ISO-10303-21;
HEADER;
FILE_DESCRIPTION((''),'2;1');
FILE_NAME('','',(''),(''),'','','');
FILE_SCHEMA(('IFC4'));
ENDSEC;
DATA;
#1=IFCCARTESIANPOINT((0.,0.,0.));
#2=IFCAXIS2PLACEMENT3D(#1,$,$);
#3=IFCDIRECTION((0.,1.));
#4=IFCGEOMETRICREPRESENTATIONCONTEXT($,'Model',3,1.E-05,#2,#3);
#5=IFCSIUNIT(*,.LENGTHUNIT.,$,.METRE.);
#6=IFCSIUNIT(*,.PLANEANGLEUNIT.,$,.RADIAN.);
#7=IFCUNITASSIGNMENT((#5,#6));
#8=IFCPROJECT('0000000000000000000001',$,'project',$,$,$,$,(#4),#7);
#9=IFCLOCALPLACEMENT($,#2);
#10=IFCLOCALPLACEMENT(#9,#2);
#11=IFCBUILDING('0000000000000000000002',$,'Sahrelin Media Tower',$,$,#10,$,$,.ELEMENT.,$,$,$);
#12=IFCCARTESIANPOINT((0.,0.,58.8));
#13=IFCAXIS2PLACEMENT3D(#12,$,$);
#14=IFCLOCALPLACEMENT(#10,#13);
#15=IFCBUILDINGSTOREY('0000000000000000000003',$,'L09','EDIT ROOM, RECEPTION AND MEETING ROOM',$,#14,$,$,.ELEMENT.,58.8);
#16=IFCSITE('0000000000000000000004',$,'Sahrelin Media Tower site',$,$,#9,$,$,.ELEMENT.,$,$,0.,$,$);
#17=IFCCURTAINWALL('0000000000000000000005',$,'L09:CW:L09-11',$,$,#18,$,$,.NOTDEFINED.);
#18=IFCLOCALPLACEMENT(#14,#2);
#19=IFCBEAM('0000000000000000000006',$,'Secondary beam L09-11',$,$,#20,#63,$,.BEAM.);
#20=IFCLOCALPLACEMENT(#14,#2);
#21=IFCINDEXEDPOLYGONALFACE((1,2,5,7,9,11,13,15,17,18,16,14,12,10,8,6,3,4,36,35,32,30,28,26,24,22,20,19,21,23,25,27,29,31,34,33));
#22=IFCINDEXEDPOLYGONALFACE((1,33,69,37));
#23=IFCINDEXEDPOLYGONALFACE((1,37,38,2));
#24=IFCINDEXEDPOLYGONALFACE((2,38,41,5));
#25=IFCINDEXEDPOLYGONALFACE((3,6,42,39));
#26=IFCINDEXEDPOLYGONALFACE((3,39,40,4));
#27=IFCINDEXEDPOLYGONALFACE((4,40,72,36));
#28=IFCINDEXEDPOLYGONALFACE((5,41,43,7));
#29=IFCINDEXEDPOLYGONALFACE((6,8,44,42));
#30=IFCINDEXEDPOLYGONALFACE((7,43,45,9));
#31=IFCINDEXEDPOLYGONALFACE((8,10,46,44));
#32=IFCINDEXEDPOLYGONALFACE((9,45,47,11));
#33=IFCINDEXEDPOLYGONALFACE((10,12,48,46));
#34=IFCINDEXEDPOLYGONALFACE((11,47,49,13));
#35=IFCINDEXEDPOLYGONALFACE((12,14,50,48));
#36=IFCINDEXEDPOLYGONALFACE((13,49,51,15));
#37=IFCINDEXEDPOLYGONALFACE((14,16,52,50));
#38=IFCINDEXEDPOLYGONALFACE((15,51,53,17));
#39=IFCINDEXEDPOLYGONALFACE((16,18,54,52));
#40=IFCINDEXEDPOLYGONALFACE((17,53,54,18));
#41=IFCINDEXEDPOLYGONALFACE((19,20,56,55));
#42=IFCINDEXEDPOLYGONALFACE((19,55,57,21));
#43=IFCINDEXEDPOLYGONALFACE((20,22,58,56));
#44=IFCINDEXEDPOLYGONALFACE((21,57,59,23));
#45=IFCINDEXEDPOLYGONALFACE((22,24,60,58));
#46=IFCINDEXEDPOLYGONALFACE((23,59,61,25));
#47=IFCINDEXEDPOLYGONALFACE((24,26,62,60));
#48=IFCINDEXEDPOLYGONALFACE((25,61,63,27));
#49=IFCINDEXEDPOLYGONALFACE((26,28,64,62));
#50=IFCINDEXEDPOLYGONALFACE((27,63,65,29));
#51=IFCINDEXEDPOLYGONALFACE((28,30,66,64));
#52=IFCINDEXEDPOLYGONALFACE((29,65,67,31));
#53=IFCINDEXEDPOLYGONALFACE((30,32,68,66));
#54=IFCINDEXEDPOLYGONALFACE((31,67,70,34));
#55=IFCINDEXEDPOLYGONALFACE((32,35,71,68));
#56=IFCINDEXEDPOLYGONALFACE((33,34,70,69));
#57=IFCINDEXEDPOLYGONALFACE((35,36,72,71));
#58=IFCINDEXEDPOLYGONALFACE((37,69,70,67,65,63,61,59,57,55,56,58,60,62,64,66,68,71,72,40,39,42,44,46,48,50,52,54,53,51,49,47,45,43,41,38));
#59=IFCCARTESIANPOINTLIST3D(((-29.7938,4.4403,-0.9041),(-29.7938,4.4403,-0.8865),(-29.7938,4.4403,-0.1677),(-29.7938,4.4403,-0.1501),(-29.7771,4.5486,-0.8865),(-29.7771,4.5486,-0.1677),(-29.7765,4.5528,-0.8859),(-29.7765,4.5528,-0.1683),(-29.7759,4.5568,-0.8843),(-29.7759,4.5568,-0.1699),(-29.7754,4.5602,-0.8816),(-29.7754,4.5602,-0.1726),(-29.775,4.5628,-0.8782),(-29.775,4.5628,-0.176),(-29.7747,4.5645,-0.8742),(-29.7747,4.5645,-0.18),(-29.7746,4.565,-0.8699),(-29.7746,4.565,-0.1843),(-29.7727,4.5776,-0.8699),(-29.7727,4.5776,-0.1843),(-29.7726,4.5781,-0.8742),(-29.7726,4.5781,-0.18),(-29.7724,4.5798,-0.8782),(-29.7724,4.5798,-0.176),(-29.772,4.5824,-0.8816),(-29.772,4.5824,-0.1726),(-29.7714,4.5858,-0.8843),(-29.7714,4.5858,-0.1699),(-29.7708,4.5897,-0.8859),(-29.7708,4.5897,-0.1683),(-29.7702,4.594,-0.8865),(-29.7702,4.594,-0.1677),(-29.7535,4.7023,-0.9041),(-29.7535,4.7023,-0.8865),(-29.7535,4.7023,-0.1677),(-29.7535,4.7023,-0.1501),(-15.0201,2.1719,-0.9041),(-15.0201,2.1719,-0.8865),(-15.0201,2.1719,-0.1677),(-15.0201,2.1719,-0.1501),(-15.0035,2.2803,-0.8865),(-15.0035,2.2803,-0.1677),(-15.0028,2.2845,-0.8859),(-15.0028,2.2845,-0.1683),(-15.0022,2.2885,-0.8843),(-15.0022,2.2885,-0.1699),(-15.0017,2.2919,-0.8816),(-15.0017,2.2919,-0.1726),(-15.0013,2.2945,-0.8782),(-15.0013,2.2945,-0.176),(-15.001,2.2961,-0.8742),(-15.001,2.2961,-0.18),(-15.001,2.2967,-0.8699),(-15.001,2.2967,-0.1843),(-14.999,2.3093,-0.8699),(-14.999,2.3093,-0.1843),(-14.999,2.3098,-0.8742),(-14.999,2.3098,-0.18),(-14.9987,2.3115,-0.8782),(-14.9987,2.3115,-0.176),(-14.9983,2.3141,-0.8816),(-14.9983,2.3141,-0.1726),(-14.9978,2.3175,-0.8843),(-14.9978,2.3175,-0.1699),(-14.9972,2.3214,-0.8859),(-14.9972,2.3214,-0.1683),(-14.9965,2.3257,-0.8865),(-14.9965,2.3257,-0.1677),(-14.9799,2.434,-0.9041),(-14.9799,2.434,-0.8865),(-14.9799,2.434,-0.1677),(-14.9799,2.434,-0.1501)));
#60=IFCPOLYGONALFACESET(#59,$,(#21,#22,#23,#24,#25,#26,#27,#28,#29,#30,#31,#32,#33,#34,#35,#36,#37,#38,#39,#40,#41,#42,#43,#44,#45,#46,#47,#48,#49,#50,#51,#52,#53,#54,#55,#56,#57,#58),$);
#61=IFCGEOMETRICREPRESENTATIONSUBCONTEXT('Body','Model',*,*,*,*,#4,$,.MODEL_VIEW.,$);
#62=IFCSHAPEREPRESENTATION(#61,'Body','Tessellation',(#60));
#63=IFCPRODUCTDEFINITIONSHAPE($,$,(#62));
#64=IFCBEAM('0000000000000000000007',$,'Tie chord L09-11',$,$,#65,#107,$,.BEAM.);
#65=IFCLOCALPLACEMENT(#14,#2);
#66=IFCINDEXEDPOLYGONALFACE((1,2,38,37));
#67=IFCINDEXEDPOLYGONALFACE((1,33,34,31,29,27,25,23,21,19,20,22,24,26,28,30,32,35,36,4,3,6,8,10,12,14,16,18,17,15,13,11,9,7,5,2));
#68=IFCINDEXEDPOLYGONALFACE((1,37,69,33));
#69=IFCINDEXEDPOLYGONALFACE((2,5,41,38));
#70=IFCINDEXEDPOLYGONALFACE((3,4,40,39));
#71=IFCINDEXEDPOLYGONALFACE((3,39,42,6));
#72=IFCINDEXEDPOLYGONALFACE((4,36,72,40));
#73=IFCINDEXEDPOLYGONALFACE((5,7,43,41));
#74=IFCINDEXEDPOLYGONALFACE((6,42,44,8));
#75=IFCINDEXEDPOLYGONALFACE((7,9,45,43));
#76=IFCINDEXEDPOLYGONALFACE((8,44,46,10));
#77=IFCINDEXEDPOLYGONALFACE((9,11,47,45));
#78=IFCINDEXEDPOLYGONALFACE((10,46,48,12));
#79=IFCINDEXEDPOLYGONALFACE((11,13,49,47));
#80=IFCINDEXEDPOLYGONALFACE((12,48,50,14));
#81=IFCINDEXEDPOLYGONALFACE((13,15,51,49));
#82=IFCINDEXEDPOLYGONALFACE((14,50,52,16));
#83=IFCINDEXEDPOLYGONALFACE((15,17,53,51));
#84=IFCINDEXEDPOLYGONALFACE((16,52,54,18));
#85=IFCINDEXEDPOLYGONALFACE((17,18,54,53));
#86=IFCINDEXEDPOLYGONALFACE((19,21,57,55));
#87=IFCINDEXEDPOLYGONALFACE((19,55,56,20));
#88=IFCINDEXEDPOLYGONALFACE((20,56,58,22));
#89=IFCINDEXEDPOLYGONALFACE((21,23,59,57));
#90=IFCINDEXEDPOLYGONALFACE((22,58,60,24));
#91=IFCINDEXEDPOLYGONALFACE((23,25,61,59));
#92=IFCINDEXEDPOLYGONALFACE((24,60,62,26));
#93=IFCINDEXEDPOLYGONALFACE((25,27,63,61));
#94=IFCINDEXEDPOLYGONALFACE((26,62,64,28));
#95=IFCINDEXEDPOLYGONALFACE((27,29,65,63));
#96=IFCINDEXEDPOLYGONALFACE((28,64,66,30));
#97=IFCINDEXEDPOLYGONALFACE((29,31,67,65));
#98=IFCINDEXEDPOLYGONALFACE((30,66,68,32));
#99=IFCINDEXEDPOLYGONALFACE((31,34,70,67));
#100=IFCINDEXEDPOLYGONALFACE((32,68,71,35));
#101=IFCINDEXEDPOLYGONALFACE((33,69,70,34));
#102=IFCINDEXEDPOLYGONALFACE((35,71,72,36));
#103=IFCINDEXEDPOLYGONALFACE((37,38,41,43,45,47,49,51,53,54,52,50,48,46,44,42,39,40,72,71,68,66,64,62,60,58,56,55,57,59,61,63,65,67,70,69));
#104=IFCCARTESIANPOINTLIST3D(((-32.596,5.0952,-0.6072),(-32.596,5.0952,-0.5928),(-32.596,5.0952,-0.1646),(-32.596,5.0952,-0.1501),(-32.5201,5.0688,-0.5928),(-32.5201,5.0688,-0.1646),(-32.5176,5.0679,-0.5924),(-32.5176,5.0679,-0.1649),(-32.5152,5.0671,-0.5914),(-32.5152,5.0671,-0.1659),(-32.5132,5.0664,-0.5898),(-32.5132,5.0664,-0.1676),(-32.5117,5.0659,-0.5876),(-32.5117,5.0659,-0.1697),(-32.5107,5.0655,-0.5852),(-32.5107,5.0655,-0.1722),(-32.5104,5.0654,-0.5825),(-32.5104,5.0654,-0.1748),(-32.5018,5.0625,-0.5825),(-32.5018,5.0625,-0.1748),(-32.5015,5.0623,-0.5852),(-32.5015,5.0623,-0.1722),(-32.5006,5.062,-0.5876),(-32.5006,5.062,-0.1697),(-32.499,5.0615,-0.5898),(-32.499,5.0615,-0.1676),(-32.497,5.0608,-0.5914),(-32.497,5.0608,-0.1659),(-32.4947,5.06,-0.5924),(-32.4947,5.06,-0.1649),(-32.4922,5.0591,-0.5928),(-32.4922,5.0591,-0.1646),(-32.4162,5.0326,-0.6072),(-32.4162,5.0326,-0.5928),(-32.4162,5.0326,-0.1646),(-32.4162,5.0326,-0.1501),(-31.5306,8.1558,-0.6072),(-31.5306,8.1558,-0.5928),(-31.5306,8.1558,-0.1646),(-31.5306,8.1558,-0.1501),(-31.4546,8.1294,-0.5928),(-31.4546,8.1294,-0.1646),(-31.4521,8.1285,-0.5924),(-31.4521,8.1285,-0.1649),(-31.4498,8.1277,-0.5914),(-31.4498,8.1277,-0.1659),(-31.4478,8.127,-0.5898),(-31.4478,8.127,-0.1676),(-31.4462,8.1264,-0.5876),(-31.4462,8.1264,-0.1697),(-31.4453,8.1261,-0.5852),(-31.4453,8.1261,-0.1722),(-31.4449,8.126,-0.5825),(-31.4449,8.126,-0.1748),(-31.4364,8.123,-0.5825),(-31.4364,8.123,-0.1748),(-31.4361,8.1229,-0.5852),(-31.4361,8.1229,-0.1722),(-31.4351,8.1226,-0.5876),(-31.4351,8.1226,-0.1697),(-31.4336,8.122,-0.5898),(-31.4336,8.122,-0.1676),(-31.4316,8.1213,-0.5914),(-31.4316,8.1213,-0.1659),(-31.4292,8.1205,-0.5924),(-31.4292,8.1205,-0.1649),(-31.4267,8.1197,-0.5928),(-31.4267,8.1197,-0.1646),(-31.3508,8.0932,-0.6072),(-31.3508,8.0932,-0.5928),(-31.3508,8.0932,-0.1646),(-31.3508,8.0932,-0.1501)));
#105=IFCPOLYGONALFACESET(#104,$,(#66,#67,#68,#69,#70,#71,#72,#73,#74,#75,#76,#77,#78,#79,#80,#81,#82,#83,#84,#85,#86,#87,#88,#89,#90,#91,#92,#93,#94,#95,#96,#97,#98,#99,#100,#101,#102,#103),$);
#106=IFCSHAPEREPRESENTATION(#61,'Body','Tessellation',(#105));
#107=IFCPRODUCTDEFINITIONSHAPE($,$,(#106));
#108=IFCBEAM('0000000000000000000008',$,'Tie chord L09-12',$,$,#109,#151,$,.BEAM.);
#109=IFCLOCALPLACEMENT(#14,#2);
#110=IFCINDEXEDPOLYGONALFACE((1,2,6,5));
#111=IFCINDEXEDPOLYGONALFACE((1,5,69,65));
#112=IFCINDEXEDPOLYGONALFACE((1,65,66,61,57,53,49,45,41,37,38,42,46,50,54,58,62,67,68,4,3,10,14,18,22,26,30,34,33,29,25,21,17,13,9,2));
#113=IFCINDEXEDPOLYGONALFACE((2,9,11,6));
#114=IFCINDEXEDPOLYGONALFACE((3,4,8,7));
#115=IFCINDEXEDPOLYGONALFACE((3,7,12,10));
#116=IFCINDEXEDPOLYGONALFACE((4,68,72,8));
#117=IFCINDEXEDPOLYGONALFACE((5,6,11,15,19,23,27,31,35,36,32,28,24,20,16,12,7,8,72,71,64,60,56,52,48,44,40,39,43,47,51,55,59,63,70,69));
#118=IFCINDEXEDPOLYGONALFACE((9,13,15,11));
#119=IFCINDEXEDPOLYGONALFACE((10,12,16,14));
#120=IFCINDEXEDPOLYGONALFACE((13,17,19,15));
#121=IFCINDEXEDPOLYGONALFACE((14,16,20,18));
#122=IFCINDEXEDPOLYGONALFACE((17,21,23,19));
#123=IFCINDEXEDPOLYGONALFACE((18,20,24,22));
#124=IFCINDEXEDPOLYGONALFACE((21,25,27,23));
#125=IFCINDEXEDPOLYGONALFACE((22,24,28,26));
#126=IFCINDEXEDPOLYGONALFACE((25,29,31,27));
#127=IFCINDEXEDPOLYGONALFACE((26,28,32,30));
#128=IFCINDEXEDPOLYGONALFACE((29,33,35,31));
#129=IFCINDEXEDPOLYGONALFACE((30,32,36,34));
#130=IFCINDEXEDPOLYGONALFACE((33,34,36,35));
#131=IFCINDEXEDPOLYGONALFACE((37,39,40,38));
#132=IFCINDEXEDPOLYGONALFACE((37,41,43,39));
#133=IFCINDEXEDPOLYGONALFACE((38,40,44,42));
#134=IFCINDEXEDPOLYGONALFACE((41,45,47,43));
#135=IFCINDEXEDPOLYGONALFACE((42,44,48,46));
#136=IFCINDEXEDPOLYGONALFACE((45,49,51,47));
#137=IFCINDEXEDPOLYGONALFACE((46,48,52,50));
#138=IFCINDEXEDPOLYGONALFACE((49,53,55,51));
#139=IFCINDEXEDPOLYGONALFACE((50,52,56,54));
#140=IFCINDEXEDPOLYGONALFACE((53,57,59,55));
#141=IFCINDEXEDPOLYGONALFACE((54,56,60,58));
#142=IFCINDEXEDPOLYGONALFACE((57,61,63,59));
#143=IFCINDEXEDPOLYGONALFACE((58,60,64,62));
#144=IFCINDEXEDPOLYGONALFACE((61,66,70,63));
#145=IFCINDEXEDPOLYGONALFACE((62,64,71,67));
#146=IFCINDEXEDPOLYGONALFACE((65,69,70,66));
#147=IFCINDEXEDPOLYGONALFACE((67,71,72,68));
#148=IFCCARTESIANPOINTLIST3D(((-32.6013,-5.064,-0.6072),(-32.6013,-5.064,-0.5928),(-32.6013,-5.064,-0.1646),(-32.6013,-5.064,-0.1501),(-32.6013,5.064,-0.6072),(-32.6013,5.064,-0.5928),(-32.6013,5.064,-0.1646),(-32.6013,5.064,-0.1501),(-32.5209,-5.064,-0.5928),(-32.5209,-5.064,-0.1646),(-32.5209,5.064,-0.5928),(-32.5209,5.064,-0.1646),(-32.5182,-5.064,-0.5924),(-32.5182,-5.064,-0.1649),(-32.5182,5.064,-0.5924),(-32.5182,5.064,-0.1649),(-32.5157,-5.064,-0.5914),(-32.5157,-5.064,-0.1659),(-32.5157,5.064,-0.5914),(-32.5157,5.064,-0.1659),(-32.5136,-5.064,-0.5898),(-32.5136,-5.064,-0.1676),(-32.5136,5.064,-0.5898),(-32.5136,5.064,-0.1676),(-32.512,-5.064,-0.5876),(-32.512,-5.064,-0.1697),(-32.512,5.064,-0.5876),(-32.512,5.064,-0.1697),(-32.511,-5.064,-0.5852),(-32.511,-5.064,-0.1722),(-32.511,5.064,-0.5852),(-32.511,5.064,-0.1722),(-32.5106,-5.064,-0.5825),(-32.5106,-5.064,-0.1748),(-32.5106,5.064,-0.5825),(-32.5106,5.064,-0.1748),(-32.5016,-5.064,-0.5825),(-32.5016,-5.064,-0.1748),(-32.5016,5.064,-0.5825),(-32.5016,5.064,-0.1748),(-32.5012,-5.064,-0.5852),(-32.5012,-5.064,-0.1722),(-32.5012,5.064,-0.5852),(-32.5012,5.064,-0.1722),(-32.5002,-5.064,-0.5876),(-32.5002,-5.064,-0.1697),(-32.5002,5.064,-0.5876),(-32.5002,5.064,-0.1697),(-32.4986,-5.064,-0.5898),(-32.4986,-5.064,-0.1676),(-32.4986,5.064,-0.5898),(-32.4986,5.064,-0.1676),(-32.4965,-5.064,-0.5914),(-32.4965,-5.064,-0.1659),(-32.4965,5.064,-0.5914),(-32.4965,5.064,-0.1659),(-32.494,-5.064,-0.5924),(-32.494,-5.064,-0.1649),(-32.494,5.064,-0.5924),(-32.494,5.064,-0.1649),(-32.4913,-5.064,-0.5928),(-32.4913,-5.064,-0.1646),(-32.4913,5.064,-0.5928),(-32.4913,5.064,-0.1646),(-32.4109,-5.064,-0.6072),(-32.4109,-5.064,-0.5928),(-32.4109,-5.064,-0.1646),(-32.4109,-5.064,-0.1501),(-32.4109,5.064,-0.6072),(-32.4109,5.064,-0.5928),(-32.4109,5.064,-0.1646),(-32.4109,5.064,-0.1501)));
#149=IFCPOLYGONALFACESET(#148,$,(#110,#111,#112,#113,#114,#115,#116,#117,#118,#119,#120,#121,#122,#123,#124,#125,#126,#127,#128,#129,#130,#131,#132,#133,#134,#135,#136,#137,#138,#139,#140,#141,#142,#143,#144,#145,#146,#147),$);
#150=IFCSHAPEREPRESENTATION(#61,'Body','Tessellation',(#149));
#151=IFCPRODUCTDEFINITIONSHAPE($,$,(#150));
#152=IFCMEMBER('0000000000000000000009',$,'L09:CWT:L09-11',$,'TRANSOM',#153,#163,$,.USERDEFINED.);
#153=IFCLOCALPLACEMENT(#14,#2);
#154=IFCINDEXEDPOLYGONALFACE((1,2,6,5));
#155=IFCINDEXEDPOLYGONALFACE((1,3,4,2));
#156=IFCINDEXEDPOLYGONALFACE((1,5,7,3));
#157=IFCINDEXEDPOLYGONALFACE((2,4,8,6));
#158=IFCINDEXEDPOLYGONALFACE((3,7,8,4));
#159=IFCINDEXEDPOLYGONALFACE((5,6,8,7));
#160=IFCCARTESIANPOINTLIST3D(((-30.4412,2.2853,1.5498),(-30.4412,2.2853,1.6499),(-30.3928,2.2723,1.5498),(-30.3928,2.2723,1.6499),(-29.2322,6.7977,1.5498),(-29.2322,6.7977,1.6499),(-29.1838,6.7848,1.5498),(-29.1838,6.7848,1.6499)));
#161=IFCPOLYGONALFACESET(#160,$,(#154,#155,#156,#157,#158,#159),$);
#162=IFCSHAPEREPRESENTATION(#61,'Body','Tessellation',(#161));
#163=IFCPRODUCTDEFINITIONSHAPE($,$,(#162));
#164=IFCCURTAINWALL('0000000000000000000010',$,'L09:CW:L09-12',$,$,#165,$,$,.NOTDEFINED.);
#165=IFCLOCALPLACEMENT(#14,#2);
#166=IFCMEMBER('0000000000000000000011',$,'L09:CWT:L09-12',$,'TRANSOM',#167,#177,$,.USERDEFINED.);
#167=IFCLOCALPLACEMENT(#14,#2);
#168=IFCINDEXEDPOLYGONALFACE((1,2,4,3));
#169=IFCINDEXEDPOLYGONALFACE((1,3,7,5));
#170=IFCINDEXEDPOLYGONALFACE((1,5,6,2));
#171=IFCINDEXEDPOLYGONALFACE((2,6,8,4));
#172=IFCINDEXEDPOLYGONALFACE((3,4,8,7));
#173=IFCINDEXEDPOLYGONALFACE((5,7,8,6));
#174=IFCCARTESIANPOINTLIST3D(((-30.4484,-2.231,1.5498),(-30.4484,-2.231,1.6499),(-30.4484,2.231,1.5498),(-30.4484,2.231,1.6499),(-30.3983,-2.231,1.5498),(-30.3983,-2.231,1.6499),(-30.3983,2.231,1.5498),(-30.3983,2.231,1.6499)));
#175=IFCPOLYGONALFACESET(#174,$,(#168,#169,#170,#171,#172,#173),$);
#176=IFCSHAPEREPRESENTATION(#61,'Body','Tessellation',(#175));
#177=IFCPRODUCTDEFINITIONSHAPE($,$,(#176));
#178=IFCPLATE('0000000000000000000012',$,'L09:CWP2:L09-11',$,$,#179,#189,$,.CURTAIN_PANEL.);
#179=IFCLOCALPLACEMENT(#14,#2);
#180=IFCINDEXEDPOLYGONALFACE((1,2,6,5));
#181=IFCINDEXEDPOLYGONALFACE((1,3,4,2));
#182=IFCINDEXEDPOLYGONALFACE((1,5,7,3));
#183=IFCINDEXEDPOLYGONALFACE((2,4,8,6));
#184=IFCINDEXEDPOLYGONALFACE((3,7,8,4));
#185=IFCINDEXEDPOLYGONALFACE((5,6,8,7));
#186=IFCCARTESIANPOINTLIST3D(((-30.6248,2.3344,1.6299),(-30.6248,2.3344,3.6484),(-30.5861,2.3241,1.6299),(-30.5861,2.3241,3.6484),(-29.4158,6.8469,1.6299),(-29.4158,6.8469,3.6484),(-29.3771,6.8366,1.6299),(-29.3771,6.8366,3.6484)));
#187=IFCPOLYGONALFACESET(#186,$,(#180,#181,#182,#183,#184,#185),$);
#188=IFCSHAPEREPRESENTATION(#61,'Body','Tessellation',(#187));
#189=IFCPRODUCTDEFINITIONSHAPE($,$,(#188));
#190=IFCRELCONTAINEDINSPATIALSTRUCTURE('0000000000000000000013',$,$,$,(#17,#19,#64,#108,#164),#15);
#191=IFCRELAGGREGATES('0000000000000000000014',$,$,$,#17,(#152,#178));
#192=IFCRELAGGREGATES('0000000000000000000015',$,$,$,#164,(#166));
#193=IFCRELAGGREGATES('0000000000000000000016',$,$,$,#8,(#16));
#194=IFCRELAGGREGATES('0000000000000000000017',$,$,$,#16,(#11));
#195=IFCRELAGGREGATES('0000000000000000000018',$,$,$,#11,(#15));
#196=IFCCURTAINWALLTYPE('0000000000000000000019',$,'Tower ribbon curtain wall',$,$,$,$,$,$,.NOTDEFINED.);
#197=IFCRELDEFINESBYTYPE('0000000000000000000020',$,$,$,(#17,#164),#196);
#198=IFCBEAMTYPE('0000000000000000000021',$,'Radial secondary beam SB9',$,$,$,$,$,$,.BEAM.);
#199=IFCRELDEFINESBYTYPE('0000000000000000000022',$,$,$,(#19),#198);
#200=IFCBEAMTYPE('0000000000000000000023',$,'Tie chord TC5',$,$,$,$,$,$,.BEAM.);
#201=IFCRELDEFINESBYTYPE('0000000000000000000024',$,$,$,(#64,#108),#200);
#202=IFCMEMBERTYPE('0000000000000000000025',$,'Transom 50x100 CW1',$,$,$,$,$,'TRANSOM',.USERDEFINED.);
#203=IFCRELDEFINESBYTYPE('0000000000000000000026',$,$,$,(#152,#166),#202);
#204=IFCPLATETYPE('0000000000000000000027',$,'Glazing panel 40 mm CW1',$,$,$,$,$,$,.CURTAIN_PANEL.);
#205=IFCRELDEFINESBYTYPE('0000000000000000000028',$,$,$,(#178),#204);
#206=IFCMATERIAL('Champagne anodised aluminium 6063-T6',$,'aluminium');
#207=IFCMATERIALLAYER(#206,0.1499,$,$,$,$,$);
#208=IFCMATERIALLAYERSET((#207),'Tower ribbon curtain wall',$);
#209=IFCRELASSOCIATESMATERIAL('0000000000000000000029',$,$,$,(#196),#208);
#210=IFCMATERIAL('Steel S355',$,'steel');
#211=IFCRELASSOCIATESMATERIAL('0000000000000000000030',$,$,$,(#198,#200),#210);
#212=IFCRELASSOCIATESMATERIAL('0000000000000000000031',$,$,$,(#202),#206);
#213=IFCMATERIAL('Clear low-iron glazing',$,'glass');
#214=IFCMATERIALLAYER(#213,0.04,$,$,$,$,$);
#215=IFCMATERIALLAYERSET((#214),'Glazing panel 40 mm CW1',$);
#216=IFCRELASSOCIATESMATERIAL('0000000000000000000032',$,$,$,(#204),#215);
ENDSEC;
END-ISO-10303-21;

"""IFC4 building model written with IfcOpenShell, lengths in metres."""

from ifc_helpers import new_model, si_unit, direction, frame, origin, origin_2d, place, context, subcontext, project, spatial, polyline, rectangle, i_section, outline, extrude, material, layer, layer_set, material_profile, profile_set, type_object, element, aggregate, save


model = new_model("IFC4")

# Units and contexts
model_context = context("Model", 3, precision=1e-05, world=origin(), true_north=direction((0.0, 1.0)))
body_context = subcontext(model_context, "Body", "Model", "MODEL_VIEW")
ifc_project = project(units=[si_unit("LENGTHUNIT", "METRE"), si_unit("PLANEANGLEUNIT", "RADIAN")], contexts=[model_context])

# Site, building, storey
site_placement = place(None, origin())
site = spatial("IfcSite", under=ifc_project, at=site_placement, Name="Sahrelin Media Tower site", CompositionType="ELEMENT", RefElevation=0.0)
building_placement = place(site_placement, origin())
building = spatial("IfcBuilding", under=site, at=building_placement, Name="Sahrelin Media Tower", CompositionType="ELEMENT")
storey_placement = place(building_placement, frame((0.0, 0.0, 58.8)))
storey = spatial("IfcBuildingStorey", under=building, at=storey_placement, Name="L09", Description="EDIT ROOM, RECEPTION AND MEETING ROOM", CompositionType="ELEMENT", Elevation=58.8)

# Shared definitions
ifc_material_1 = material(Name="Steel S355", Category="steel")

# Curtain wall
ifc_material_2 = material(Name="Champagne anodised aluminium 6063-T6", Category="aluminium")
ifc_layer_1 = layer(ifc_material_2, 0.1499)
ifc_layer_set_1 = layer_set([ifc_layer_1], Name="Tower ribbon curtain wall")
curtain_wall_type = type_object("IfcCurtainWallType", Name="Tower ribbon curtain wall", PredefinedType="NOTDEFINED", material=ifc_layer_set_1)
curtain_wall_1_placement = place(storey_placement, frame((-30.001, 4.5854, 0.0), z_axis=(0.0, 0.0, 1.0), x_axis=(1.0, 0.0, 0.0)))
curtain_wall_1 = element("IfcCurtainWall", 1, at=curtain_wall_1_placement, inside=storey, type_object=curtain_wall_type, Name="L09:CW:L09-11", PredefinedType="NOTDEFINED")

# Beams
ifc_material_profile_1 = material_profile(ifc_material_1, i_section(OverallWidth=0.2651, OverallDepth=0.7539, WebThickness=0.0127, FlangeThickness=0.0176, FilletRadius=0.0166, at=origin_2d()), Name="UB 762x267x147")
ifc_profile_set_1 = profile_set([ifc_material_profile_1], Name="Steel S355")
beam_type_1 = type_object("IfcBeamType", Name="Radial secondary beam SB9", PredefinedType="BEAM", material=ifc_profile_set_1)
beam_1_placement = place(storey_placement, frame((-15.0, 2.303, -0.5271), z_axis=(-0.988418, 0.151759, 0.0), x_axis=(-0.151759, -0.988418, 0.0)))
element("IfcBeam", 2, at=beam_1_placement, inside=storey, type_object=beam_type_1, Name="Secondary beam L09-11", PredefinedType="BEAM", context=body_context, shape_type="SweptSolid", body=[
    extrude(i_section(OverallWidth=0.2651, OverallDepth=0.7539, WebThickness=0.0127, FlangeThickness=0.0176, FilletRadius=0.0166, at=origin_2d()), origin(), (0.0, 0.0, 1.0), 14.9468),
])
ifc_material_profile_2 = material_profile(ifc_material_1, i_section(OverallWidth=0.1904, OverallDepth=0.457, WebThickness=0.009, FlangeThickness=0.0144, FilletRadius=0.0103, at=origin_2d()), Name="UB 457x191x74")
ifc_profile_set_2 = profile_set([ifc_material_profile_2], Name="Steel S355")
beam_type_2 = type_object("IfcBeamType", Name="Tie chord TC5", PredefinedType="BEAM", material=ifc_profile_set_2)
beam_2_placement = place(storey_placement, frame((-31.4407, 8.1245, -0.3787), z_axis=(-0.328766, -0.944411, 0.0), x_axis=(0.944411, -0.328766, 0.0)))
element("IfcBeam", 3, at=beam_2_placement, inside=storey, type_object=beam_type_2, Name="Tie chord L09-11", PredefinedType="BEAM", context=body_context, shape_type="SweptSolid", body=[
    extrude(i_section(OverallWidth=0.1904, OverallDepth=0.457, WebThickness=0.009, FlangeThickness=0.0144, FilletRadius=0.0103, at=origin_2d()), origin(), (0.0, 0.0, 1.0), 3.2407),
])
beam_3_placement = place(storey_placement, frame((-32.5061, 5.064, -0.3787), z_axis=(0.0, -1.0, 0.0), x_axis=(1.0, 0.0, 0.0)))
element("IfcBeam", 4, at=beam_3_placement, inside=storey, type_object=beam_type_2, Name="Tie chord L09-12", PredefinedType="BEAM", context=body_context, shape_type="SweptSolid", body=[
    extrude(i_section(OverallWidth=0.1904, OverallDepth=0.457, WebThickness=0.009, FlangeThickness=0.0144, FilletRadius=0.0103, at=origin_2d()), origin(), (0.0, 0.0, 1.0), 10.1279),
])

# Member
ifc_material_profile_3 = material_profile(ifc_material_2, rectangle(XDim=0.05, YDim=0.1001, at=origin_2d()), Name="Transom 50x100")
ifc_profile_set_3 = profile_set([ifc_material_profile_3], Name="Champagne anodised aluminium 6063-T6")
member_type_1 = type_object("IfcMemberType", Name="Transom 50x100 CW1", ElementType="TRANSOM", PredefinedType="USERDEFINED", material=ifc_profile_set_3)
member_1_placement = place(storey_placement, frame((-29.208, 6.7913, 1.5999), z_axis=(-0.258794, -0.965932, 0.0), x_axis=(0.965932, -0.258794, 0.0)))
member_1 = element("IfcMember", 5, at=member_1_placement, type_object=member_type_1, Name="L09:CWT:L09-11", ObjectType="TRANSOM", PredefinedType="USERDEFINED", context=body_context, shape_type="SweptSolid", body=[
    extrude(rectangle(XDim=0.05, YDim=0.1001, at=origin_2d()), origin(), (0.0, 0.0, 1.0), 4.6716),
])

# Curtain wall, member
curtain_wall_2_placement = place(storey_placement, frame((-30.6184, 0.0, 0.0), z_axis=(0.0, 0.0, 1.0), x_axis=(1.0, 0.0, 0.0)))
curtain_wall_2 = element("IfcCurtainWall", 6, at=curtain_wall_2_placement, inside=storey, type_object=curtain_wall_type, Name="L09:CW:L09-12", PredefinedType="NOTDEFINED")
member_2_placement = place(storey_placement, frame((-30.4233, 2.231, 1.5999), z_axis=(0.0, -1.0, 0.0), x_axis=(1.0, 0.0, 0.0)))
member_2 = element("IfcMember", 7, at=member_2_placement, type_object=member_type_1, Name="L09:CWT:L09-12", ObjectType="TRANSOM", PredefinedType="USERDEFINED", context=body_context, shape_type="SweptSolid", body=[
    extrude(rectangle(XDim=0.05, YDim=0.1001, at=origin_2d()), origin(), (0.0, 0.0, 1.0), 4.4619),
])

# Plate
ifc_material_3 = material(Name="Clear low-iron glazing", Category="glass")
ifc_layer_2 = layer(ifc_material_3, 0.04)
ifc_layer_set_2 = layer_set([ifc_layer_2], Name="Glazing panel 40 mm CW1")
plate_type_1 = type_object("IfcPlateType", Name="Glazing panel 40 mm CW1", PredefinedType="CURTAIN_PANEL", material=ifc_layer_set_2)
plate_1_placement = place(storey_placement, frame((-29.4158, 6.8469, 1.6299), z_axis=(-0.965932, 0.258794, 0.0), x_axis=(-0.258794, -0.965932, 0.0)))
plate_1 = element("IfcPlate", 8, at=plate_1_placement, type_object=plate_type_1, Name="L09:CWP2:L09-11", PredefinedType="CURTAIN_PANEL", context=body_context, shape_type="SweptSolid", body=[
    extrude(outline(polyline([(0.0, 0.0), (4.6716, 0.0), (4.6716, 2.0186), (0.0, 2.0186), (0.0, 0.0)])), origin(), (0.0, 0.0, -1.0), 0.04),
])
aggregate(curtain_wall_1, [member_1, plate_1])
aggregate(curtain_wall_2, [member_2])

save(model, "model.ifc")
